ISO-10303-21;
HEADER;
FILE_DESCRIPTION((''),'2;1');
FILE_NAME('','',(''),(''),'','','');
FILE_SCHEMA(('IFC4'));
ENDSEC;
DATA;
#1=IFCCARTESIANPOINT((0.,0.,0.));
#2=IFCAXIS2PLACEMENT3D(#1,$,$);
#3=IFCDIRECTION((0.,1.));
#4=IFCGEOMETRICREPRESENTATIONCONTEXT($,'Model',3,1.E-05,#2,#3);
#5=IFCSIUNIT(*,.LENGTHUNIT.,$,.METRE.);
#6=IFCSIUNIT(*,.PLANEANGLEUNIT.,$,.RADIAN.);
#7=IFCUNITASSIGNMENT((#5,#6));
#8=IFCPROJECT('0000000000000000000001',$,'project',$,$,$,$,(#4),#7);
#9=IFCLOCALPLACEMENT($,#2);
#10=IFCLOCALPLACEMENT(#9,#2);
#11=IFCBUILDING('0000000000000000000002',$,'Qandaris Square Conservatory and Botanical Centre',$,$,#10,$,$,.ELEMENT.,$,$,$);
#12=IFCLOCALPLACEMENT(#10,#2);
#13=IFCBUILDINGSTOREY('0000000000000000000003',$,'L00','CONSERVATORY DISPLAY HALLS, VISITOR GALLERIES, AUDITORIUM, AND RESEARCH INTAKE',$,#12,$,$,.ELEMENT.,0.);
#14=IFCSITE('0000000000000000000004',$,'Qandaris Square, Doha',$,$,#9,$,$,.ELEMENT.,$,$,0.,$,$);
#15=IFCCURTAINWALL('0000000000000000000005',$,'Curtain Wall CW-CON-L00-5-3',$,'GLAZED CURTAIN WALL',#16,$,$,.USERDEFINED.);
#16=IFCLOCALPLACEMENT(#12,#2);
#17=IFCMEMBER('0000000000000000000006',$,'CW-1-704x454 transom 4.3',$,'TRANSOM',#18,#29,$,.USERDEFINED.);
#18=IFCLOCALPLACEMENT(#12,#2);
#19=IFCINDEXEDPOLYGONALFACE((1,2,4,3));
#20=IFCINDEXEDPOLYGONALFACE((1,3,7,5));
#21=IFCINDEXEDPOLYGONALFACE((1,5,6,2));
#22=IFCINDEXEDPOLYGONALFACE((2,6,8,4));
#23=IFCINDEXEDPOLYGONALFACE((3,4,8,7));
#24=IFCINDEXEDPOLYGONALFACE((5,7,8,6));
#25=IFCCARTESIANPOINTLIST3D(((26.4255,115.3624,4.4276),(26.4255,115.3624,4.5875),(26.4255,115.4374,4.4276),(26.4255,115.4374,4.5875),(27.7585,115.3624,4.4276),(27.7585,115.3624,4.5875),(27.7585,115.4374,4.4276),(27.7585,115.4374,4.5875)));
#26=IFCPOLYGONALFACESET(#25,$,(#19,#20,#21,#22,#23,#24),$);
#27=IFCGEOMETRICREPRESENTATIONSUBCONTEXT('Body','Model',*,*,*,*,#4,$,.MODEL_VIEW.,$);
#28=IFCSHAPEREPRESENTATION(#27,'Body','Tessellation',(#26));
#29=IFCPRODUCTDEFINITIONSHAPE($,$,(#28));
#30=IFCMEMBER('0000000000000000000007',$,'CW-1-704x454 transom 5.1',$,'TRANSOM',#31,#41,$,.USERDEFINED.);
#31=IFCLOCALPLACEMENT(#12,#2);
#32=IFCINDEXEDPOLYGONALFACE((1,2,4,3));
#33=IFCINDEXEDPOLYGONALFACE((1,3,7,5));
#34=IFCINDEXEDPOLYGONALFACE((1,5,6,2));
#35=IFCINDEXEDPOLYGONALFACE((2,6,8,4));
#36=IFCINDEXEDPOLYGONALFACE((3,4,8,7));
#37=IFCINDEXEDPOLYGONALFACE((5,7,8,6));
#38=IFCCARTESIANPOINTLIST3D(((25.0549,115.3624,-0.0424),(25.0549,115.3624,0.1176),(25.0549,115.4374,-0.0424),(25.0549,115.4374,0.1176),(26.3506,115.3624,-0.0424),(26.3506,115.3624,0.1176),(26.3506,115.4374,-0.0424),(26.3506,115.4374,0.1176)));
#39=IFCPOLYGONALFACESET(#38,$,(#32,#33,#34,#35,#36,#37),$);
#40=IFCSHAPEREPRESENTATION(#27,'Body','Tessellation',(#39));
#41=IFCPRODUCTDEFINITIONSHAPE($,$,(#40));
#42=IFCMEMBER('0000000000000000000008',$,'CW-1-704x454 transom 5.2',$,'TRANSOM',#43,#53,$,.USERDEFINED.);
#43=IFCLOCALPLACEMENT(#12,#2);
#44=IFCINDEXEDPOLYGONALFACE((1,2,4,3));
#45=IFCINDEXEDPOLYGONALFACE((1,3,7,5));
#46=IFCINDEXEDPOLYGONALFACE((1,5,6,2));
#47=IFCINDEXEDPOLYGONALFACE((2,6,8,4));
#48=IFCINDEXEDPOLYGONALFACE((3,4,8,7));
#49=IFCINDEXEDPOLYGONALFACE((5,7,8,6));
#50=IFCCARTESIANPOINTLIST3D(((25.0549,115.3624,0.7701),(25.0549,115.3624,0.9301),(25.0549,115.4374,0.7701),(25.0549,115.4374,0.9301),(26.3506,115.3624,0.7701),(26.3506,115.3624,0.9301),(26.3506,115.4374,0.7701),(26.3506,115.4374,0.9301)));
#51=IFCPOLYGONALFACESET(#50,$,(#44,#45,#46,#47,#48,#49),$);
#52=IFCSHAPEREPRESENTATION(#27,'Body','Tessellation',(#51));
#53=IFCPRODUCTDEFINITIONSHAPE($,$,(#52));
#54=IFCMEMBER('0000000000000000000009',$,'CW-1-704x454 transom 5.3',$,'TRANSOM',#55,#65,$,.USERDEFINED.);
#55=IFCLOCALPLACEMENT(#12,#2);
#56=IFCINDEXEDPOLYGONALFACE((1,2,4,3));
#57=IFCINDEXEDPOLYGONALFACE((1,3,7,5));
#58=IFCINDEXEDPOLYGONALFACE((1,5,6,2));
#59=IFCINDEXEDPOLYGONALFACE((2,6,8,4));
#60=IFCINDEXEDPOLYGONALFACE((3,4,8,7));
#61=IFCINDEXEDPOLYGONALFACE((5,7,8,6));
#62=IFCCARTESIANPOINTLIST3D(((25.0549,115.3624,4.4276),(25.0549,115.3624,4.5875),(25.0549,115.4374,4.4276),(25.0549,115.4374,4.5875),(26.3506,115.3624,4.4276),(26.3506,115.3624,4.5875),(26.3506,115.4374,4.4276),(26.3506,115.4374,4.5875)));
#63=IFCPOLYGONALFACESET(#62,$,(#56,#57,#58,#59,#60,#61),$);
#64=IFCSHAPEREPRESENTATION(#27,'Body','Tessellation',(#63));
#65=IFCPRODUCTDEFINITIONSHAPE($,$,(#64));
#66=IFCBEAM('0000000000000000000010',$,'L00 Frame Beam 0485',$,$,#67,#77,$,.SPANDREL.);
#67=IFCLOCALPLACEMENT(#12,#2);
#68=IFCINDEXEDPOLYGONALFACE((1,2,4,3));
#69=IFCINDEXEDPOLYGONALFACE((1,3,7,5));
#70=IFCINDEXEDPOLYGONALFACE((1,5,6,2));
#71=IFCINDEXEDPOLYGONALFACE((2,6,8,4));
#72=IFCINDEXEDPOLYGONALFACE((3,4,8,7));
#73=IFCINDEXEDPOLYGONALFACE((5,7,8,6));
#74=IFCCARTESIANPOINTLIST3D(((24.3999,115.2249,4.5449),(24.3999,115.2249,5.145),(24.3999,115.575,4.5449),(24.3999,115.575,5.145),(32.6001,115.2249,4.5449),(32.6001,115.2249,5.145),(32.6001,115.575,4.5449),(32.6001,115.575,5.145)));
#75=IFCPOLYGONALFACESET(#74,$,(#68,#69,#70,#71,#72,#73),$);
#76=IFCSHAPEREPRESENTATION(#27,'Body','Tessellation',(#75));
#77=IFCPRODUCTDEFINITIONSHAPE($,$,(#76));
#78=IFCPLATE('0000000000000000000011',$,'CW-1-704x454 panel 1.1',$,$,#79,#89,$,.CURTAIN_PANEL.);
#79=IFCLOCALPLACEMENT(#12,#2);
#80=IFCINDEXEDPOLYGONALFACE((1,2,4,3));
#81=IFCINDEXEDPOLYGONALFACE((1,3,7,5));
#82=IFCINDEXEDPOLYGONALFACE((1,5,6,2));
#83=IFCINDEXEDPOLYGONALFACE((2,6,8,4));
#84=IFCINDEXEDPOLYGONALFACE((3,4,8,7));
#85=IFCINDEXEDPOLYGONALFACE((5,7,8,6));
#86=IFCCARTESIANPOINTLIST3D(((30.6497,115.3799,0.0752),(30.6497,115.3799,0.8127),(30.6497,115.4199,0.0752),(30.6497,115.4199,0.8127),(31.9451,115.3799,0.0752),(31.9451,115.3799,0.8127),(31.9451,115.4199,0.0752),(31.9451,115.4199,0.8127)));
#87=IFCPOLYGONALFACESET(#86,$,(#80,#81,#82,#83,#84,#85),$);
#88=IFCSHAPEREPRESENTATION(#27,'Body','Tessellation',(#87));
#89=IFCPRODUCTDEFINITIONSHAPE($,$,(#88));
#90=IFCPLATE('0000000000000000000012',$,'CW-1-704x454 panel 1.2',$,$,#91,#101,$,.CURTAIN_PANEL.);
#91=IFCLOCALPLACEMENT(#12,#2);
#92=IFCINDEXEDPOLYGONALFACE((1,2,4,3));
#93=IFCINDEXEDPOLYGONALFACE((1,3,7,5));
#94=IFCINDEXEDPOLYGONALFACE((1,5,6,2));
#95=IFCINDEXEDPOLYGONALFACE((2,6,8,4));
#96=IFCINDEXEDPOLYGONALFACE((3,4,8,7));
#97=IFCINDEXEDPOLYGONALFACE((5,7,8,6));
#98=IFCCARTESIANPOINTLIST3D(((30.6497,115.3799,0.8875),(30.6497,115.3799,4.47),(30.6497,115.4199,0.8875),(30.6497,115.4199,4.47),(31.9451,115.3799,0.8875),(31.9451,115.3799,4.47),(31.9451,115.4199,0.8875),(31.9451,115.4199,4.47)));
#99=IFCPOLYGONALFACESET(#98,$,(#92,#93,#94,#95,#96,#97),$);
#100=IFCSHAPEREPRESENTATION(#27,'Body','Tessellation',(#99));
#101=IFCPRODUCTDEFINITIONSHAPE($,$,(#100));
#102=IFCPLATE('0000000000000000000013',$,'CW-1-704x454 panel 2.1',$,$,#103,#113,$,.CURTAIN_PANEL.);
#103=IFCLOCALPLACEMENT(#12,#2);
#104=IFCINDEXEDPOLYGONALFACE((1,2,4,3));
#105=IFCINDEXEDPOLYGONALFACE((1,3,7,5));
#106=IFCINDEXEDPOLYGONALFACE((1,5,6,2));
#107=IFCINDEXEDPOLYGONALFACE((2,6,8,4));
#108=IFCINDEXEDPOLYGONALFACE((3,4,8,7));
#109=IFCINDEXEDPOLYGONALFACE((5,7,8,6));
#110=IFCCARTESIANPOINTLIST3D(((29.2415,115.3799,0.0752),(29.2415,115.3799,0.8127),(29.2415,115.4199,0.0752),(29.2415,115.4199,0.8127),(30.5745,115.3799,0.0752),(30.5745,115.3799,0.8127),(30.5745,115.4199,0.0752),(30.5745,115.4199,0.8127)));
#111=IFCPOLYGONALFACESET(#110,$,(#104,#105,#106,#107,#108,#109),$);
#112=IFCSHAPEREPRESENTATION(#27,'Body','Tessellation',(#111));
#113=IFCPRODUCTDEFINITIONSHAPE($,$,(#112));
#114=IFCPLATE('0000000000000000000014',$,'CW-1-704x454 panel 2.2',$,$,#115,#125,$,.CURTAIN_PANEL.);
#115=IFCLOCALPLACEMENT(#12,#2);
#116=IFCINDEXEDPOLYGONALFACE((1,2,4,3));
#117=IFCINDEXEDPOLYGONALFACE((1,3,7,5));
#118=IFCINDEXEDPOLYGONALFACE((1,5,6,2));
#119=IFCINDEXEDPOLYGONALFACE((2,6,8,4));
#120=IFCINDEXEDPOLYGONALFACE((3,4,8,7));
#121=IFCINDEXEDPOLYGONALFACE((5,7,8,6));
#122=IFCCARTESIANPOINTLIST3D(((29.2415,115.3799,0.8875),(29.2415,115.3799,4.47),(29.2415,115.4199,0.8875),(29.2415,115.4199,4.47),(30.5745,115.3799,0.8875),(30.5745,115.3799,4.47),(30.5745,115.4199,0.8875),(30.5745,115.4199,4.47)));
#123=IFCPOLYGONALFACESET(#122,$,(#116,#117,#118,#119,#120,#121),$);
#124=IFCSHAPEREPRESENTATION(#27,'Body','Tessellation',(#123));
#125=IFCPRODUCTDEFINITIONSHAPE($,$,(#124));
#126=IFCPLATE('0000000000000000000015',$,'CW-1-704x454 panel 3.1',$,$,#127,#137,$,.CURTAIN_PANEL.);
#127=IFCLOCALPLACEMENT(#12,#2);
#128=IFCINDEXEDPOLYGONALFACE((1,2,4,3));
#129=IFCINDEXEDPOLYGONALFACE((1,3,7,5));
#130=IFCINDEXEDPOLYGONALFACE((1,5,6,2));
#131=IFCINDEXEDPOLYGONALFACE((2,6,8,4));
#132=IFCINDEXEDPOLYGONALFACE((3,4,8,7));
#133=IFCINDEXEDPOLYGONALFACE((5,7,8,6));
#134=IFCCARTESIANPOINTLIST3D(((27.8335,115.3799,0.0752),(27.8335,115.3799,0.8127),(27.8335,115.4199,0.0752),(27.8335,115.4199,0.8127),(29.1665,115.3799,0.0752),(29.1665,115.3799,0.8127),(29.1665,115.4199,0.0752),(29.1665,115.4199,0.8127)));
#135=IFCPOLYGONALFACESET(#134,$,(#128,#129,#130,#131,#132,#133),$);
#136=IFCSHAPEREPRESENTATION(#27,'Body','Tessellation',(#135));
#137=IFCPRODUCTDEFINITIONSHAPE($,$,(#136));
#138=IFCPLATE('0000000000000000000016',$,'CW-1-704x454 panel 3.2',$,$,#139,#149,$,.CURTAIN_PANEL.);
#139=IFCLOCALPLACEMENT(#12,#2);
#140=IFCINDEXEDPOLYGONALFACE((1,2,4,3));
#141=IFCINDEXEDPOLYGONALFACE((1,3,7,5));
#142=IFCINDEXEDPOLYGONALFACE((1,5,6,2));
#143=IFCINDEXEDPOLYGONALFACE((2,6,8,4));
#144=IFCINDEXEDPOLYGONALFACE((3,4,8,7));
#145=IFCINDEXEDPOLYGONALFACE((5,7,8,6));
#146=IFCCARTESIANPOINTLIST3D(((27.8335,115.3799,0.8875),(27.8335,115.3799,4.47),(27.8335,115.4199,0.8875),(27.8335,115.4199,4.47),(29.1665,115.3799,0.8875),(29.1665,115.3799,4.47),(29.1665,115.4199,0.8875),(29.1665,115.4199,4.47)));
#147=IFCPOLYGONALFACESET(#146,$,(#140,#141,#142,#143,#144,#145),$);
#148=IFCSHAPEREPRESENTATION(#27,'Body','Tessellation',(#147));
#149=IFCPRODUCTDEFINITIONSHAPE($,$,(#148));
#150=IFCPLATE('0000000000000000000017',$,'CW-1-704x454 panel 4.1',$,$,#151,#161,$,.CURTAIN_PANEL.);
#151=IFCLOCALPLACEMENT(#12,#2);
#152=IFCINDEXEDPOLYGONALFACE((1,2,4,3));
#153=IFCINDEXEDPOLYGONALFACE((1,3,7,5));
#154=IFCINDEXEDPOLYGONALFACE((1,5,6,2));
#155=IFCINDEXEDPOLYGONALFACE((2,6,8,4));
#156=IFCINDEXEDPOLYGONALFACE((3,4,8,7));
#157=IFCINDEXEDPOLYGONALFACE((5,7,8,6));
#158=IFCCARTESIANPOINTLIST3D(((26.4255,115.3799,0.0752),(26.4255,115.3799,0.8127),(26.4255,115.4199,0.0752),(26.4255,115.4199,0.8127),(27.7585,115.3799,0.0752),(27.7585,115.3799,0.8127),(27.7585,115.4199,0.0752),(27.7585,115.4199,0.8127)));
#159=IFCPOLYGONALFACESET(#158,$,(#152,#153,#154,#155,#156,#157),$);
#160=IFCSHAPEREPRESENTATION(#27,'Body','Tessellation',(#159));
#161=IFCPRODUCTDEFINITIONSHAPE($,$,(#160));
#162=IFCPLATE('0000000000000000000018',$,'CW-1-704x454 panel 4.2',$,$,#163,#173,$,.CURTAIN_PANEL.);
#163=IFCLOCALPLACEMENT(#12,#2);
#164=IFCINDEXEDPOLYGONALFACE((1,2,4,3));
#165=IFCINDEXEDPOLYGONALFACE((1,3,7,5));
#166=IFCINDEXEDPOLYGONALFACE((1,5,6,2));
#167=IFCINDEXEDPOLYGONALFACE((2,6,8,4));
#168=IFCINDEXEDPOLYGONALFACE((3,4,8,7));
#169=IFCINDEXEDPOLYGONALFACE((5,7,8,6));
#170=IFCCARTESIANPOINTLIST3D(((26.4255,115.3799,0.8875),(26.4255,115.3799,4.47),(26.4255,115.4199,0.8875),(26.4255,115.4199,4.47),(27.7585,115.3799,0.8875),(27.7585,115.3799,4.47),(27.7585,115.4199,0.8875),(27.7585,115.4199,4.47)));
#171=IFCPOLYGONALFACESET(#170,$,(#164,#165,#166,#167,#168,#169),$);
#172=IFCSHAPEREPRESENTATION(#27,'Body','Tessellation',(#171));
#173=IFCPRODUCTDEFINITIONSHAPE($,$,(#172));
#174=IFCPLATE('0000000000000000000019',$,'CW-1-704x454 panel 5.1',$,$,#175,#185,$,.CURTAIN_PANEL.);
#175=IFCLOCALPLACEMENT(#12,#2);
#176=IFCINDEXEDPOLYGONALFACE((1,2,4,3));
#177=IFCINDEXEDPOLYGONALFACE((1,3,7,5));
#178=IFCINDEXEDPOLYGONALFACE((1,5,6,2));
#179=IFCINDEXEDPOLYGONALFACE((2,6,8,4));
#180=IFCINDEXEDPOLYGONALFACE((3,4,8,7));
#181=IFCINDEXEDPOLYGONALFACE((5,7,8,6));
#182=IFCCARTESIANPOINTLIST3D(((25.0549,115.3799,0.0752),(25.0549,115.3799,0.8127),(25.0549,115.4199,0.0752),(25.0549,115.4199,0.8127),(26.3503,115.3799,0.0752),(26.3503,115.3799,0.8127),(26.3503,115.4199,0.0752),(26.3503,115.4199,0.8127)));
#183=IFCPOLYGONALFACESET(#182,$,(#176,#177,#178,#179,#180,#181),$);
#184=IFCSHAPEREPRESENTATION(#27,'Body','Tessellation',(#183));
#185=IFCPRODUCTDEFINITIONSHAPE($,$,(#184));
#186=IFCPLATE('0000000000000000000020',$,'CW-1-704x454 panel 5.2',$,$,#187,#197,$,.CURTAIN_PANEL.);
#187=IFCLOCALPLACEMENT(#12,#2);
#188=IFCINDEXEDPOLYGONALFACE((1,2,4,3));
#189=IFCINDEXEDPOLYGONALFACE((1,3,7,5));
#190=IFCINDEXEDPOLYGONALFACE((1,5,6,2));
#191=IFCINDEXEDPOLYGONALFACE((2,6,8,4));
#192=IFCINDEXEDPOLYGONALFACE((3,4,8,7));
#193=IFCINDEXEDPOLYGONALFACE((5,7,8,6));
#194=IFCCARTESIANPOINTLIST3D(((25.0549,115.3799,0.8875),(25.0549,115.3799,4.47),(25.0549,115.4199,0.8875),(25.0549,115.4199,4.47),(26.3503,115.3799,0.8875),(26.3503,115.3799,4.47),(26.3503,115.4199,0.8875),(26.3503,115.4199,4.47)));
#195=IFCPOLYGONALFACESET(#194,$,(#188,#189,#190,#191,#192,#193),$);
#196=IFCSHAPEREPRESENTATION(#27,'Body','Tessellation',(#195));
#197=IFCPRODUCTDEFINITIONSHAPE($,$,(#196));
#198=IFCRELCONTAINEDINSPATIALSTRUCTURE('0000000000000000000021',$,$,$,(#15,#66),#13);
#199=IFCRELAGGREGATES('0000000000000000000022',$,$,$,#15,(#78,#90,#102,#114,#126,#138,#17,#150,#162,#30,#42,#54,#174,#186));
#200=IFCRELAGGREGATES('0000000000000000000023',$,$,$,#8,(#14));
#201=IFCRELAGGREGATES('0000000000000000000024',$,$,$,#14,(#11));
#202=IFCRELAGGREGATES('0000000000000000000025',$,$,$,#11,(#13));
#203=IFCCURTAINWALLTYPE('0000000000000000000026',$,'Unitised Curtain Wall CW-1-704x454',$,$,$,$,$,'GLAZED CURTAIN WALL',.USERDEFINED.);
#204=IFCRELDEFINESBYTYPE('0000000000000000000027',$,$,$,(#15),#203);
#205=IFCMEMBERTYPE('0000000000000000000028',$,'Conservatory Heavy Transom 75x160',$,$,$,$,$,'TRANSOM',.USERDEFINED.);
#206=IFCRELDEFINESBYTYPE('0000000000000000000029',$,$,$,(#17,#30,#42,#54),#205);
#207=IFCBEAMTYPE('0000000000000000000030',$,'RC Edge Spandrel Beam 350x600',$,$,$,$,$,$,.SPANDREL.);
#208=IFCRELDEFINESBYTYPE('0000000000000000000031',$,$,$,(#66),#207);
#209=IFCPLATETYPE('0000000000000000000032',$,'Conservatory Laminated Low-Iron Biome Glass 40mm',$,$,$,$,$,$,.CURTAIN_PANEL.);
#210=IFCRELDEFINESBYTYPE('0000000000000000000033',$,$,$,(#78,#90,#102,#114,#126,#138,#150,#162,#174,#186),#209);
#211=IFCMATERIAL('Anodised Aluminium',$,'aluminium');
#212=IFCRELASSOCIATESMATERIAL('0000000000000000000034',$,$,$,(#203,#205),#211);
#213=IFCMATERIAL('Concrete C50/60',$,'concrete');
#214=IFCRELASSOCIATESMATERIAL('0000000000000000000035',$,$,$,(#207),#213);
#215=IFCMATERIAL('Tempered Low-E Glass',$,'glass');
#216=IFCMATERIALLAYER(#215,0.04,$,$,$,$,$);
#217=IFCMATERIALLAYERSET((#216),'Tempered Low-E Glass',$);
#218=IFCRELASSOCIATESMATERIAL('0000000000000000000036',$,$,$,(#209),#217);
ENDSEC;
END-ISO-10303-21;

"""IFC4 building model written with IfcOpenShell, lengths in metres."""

from ifc_helpers import new_model, si_unit, direction, frame, origin, origin_2d, place, context, subcontext, project, spatial, rectangle, extrude, material, layer, layer_set, material_profile, profile_set, type_object, element, aggregate, save


model = new_model("IFC4")

# Units and contexts
model_context = context("Model", 3, precision=1e-05, world=origin(), true_north=direction((0.0, 1.0)))
body_context = subcontext(model_context, "Body", "Model", "MODEL_VIEW")
ifc_project = project(units=[si_unit("LENGTHUNIT", "METRE"), si_unit("PLANEANGLEUNIT", "RADIAN")], contexts=[model_context])

# Site, building, storey
site_placement = place(None, origin())
site = spatial("IfcSite", under=ifc_project, at=site_placement, Name="Qandaris Square, Doha", CompositionType="ELEMENT", RefElevation=0.0)
building_placement = place(site_placement, origin())
building = spatial("IfcBuilding", under=site, at=building_placement, Name="Qandaris Square Conservatory and Botanical Centre", CompositionType="ELEMENT")
storey_placement = place(building_placement, origin())
storey = spatial("IfcBuildingStorey", under=building, at=storey_placement, Name="L00", Description="CONSERVATORY DISPLAY HALLS, VISITOR GALLERIES, AUDITORIUM, AND RESEARCH INTAKE", CompositionType="ELEMENT", Elevation=0.0)

# Shared definitions
ifc_material_1 = material(Name="Concrete C50/60", Category="concrete")

# Curtain wall
ifc_material_2 = material(Name="Anodised Aluminium", Category="aluminium")
curtain_wall_type_1 = type_object("IfcCurtainWallType", Name="Unitised Curtain Wall CW-1-704x454", ElementType="GLAZED CURTAIN WALL", PredefinedType="USERDEFINED", material=ifc_material_2)
curtain_wall_1_placement = place(storey_placement, origin())
curtain_wall_1 = element("IfcCurtainWall", 1, at=curtain_wall_1_placement, inside=storey, type_object=curtain_wall_type_1, Name="Curtain Wall CW-CON-L00-5-3", ObjectType="GLAZED CURTAIN WALL", PredefinedType="USERDEFINED")

# Members
ifc_material_profile_1 = material_profile(ifc_material_2, rectangle(XDim=0.075, YDim=0.1599, at=origin_2d()), Name="ALU-TRN 75x160")
ifc_profile_set_1 = profile_set([ifc_material_profile_1], Name="Anodised Aluminium")
member_type_1 = type_object("IfcMemberType", Name="Conservatory Heavy Transom 75x160", ElementType="TRANSOM", PredefinedType="USERDEFINED", material=ifc_profile_set_1)
member_1_placement = place(storey_placement, frame((27.7585, 115.3999, 4.5076), z_axis=(-1.0, 0.0, 0.0), x_axis=(0.0, -1.0, 0.0)))
member_1 = element("IfcMember", 2, at=member_1_placement, type_object=member_type_1, Name="CW-1-704x454 transom 4.3", ObjectType="TRANSOM", PredefinedType="USERDEFINED", context=body_context, shape_type="SweptSolid", body=[
    extrude(rectangle(XDim=0.075, YDim=0.1599, at=origin_2d()), origin(), (0.0, 0.0, 1.0), 1.333),
])
member_2_placement = place(storey_placement, frame((26.3506, 115.3999, 0.0376), z_axis=(-1.0, 0.0, 0.0), x_axis=(0.0, -1.0, 0.0)))
member_2 = element("IfcMember", 3, at=member_2_placement, type_object=member_type_1, Name="CW-1-704x454 transom 5.1", ObjectType="TRANSOM", PredefinedType="USERDEFINED", context=body_context, shape_type="SweptSolid", body=[
    extrude(rectangle(XDim=0.075, YDim=0.1599, at=origin_2d()), origin(), (0.0, 0.0, 1.0), 1.2957),
])
member_3_placement = place(storey_placement, frame((26.3506, 115.3999, 0.8501), z_axis=(-1.0, 0.0, 0.0), x_axis=(0.0, -1.0, 0.0)))
member_3 = element("IfcMember", 4, at=member_3_placement, type_object=member_type_1, Name="CW-1-704x454 transom 5.2", ObjectType="TRANSOM", PredefinedType="USERDEFINED", context=body_context, shape_type="SweptSolid", body=[
    extrude(rectangle(XDim=0.075, YDim=0.1599, at=origin_2d()), origin(), (0.0, 0.0, 1.0), 1.2957),
])
member_4_placement = place(storey_placement, frame((26.3506, 115.3999, 4.5076), z_axis=(-1.0, 0.0, 0.0), x_axis=(0.0, -1.0, 0.0)))
member_4 = element("IfcMember", 5, at=member_4_placement, type_object=member_type_1, Name="CW-1-704x454 transom 5.3", ObjectType="TRANSOM", PredefinedType="USERDEFINED", context=body_context, shape_type="SweptSolid", body=[
    extrude(rectangle(XDim=0.075, YDim=0.1599, at=origin_2d()), origin(), (0.0, 0.0, 1.0), 1.2957),
])

# Beam
ifc_material_profile_2 = material_profile(ifc_material_1, rectangle(XDim=0.3501, YDim=0.6001, at=origin_2d()), Name="RC-SP 350x600")
ifc_profile_set_2 = profile_set([ifc_material_profile_2], Name="Concrete C50/60")
beam_type = type_object("IfcBeamType", Name="RC Edge Spandrel Beam 350x600", PredefinedType="SPANDREL", material=ifc_profile_set_2)
beam_placement = place(storey_placement, frame((24.3999, 115.3999, 4.845), z_axis=(1.0, 0.0, 0.0), x_axis=(0.0, 1.0, 0.0)))
element("IfcBeam", 6, at=beam_placement, inside=storey, type_object=beam_type, Name="L00 Frame Beam 0485", PredefinedType="SPANDREL", context=body_context, shape_type="SweptSolid", body=[
    extrude(rectangle(XDim=0.3501, YDim=0.6001, at=origin_2d()), origin(), (0.0, 0.0, 1.0), 8.2002),
])

# Plates
ifc_material_3 = material(Name="Tempered Low-E Glass", Category="glass")
ifc_layer = layer(ifc_material_3, 0.04)
ifc_layer_set = layer_set([ifc_layer], Name="Tempered Low-E Glass")
plate_type = type_object("IfcPlateType", Name="Conservatory Laminated Low-Iron Biome Glass 40mm", PredefinedType="CURTAIN_PANEL", material=ifc_layer_set)
plate_1_placement = place(storey_placement, frame((31.2974, 115.3999, 0.0752), z_axis=(0.0, 0.0, 1.0), x_axis=(-1.0, 0.0, 0.0)))
plate_1 = element("IfcPlate", 7, at=plate_1_placement, type_object=plate_type, Name="CW-1-704x454 panel 1.1", PredefinedType="CURTAIN_PANEL", context=body_context, shape_type="SweptSolid", body=[
    extrude(rectangle(XDim=1.2954, YDim=0.04, at=origin_2d()), origin(), (0.0, 0.0, 1.0), 0.7375),
])
plate_2_placement = place(storey_placement, frame((31.2974, 115.3999, 0.8875), z_axis=(0.0, 0.0, 1.0), x_axis=(-1.0, 0.0, 0.0)))
plate_2 = element("IfcPlate", 8, at=plate_2_placement, type_object=plate_type, Name="CW-1-704x454 panel 1.2", PredefinedType="CURTAIN_PANEL", context=body_context, shape_type="SweptSolid", body=[
    extrude(rectangle(XDim=1.2954, YDim=0.04, at=origin_2d()), origin(), (0.0, 0.0, 1.0), 3.5825),
])
plate_3_placement = place(storey_placement, frame((29.908, 115.3999, 0.0752), z_axis=(0.0, 0.0, 1.0), x_axis=(-1.0, 0.0, 0.0)))
plate_3 = element("IfcPlate", 9, at=plate_3_placement, type_object=plate_type, Name="CW-1-704x454 panel 2.1", PredefinedType="CURTAIN_PANEL", context=body_context, shape_type="SweptSolid", body=[
    extrude(rectangle(XDim=1.333, YDim=0.04, at=origin_2d()), origin(), (0.0, 0.0, 1.0), 0.7375),
])
plate_4_placement = place(storey_placement, frame((29.908, 115.3999, 0.8875), z_axis=(0.0, 0.0, 1.0), x_axis=(-1.0, 0.0, 0.0)))
plate_4 = element("IfcPlate", 10, at=plate_4_placement, type_object=plate_type, Name="CW-1-704x454 panel 2.2", PredefinedType="CURTAIN_PANEL", context=body_context, shape_type="SweptSolid", body=[
    extrude(rectangle(XDim=1.333, YDim=0.04, at=origin_2d()), origin(), (0.0, 0.0, 1.0), 3.5825),
])
plate_5_placement = place(storey_placement, frame((28.5, 115.3999, 0.0752), z_axis=(0.0, 0.0, 1.0), x_axis=(-1.0, 0.0, 0.0)))
plate_5 = element("IfcPlate", 11, at=plate_5_placement, type_object=plate_type, Name="CW-1-704x454 panel 3.1", PredefinedType="CURTAIN_PANEL", context=body_context, shape_type="SweptSolid", body=[
    extrude(rectangle(XDim=1.333, YDim=0.04, at=origin_2d()), origin(), (0.0, 0.0, 1.0), 0.7375),
])
plate_6_placement = place(storey_placement, frame((28.5, 115.3999, 0.8875), z_axis=(0.0, 0.0, 1.0), x_axis=(-1.0, 0.0, 0.0)))
plate_6 = element("IfcPlate", 12, at=plate_6_placement, type_object=plate_type, Name="CW-1-704x454 panel 3.2", PredefinedType="CURTAIN_PANEL", context=body_context, shape_type="SweptSolid", body=[
    extrude(rectangle(XDim=1.333, YDim=0.04, at=origin_2d()), origin(), (0.0, 0.0, 1.0), 3.5825),
])
plate_7_placement = place(storey_placement, frame((27.092, 115.3999, 0.0752), z_axis=(0.0, 0.0, 1.0), x_axis=(-1.0, 0.0, 0.0)))
plate_7 = element("IfcPlate", 13, at=plate_7_placement, type_object=plate_type, Name="CW-1-704x454 panel 4.1", PredefinedType="CURTAIN_PANEL", context=body_context, shape_type="SweptSolid", body=[
    extrude(rectangle(XDim=1.333, YDim=0.04, at=origin_2d()), origin(), (0.0, 0.0, 1.0), 0.7375),
])
plate_8_placement = place(storey_placement, frame((27.092, 115.3999, 0.8875), z_axis=(0.0, 0.0, 1.0), x_axis=(-1.0, 0.0, 0.0)))
plate_8 = element("IfcPlate", 14, at=plate_8_placement, type_object=plate_type, Name="CW-1-704x454 panel 4.2", PredefinedType="CURTAIN_PANEL", context=body_context, shape_type="SweptSolid", body=[
    extrude(rectangle(XDim=1.333, YDim=0.04, at=origin_2d()), origin(), (0.0, 0.0, 1.0), 3.5825),
])
plate_9_placement = place(storey_placement, frame((25.7026, 115.3999, 0.0752), z_axis=(0.0, 0.0, 1.0), x_axis=(-1.0, 0.0, 0.0)))
plate_9 = element("IfcPlate", 15, at=plate_9_placement, type_object=plate_type, Name="CW-1-704x454 panel 5.1", PredefinedType="CURTAIN_PANEL", context=body_context, shape_type="SweptSolid", body=[
    extrude(rectangle(XDim=1.2954, YDim=0.04, at=origin_2d()), origin(), (0.0, 0.0, 1.0), 0.7375),
])
plate_10_placement = place(storey_placement, frame((25.7026, 115.3999, 0.8875), z_axis=(0.0, 0.0, 1.0), x_axis=(-1.0, 0.0, 0.0)))
plate_10 = element("IfcPlate", 16, at=plate_10_placement, type_object=plate_type, Name="CW-1-704x454 panel 5.2", PredefinedType="CURTAIN_PANEL", context=body_context, shape_type="SweptSolid", body=[
    extrude(rectangle(XDim=1.2954, YDim=0.04, at=origin_2d()), origin(), (0.0, 0.0, 1.0), 3.5825),
])
aggregate(curtain_wall_1, [plate_1, plate_2, plate_3, plate_4, plate_5, plate_6, member_1, plate_7, plate_8, member_2, member_3, member_4, plate_9, plate_10])

save(model, "model.ifc")
